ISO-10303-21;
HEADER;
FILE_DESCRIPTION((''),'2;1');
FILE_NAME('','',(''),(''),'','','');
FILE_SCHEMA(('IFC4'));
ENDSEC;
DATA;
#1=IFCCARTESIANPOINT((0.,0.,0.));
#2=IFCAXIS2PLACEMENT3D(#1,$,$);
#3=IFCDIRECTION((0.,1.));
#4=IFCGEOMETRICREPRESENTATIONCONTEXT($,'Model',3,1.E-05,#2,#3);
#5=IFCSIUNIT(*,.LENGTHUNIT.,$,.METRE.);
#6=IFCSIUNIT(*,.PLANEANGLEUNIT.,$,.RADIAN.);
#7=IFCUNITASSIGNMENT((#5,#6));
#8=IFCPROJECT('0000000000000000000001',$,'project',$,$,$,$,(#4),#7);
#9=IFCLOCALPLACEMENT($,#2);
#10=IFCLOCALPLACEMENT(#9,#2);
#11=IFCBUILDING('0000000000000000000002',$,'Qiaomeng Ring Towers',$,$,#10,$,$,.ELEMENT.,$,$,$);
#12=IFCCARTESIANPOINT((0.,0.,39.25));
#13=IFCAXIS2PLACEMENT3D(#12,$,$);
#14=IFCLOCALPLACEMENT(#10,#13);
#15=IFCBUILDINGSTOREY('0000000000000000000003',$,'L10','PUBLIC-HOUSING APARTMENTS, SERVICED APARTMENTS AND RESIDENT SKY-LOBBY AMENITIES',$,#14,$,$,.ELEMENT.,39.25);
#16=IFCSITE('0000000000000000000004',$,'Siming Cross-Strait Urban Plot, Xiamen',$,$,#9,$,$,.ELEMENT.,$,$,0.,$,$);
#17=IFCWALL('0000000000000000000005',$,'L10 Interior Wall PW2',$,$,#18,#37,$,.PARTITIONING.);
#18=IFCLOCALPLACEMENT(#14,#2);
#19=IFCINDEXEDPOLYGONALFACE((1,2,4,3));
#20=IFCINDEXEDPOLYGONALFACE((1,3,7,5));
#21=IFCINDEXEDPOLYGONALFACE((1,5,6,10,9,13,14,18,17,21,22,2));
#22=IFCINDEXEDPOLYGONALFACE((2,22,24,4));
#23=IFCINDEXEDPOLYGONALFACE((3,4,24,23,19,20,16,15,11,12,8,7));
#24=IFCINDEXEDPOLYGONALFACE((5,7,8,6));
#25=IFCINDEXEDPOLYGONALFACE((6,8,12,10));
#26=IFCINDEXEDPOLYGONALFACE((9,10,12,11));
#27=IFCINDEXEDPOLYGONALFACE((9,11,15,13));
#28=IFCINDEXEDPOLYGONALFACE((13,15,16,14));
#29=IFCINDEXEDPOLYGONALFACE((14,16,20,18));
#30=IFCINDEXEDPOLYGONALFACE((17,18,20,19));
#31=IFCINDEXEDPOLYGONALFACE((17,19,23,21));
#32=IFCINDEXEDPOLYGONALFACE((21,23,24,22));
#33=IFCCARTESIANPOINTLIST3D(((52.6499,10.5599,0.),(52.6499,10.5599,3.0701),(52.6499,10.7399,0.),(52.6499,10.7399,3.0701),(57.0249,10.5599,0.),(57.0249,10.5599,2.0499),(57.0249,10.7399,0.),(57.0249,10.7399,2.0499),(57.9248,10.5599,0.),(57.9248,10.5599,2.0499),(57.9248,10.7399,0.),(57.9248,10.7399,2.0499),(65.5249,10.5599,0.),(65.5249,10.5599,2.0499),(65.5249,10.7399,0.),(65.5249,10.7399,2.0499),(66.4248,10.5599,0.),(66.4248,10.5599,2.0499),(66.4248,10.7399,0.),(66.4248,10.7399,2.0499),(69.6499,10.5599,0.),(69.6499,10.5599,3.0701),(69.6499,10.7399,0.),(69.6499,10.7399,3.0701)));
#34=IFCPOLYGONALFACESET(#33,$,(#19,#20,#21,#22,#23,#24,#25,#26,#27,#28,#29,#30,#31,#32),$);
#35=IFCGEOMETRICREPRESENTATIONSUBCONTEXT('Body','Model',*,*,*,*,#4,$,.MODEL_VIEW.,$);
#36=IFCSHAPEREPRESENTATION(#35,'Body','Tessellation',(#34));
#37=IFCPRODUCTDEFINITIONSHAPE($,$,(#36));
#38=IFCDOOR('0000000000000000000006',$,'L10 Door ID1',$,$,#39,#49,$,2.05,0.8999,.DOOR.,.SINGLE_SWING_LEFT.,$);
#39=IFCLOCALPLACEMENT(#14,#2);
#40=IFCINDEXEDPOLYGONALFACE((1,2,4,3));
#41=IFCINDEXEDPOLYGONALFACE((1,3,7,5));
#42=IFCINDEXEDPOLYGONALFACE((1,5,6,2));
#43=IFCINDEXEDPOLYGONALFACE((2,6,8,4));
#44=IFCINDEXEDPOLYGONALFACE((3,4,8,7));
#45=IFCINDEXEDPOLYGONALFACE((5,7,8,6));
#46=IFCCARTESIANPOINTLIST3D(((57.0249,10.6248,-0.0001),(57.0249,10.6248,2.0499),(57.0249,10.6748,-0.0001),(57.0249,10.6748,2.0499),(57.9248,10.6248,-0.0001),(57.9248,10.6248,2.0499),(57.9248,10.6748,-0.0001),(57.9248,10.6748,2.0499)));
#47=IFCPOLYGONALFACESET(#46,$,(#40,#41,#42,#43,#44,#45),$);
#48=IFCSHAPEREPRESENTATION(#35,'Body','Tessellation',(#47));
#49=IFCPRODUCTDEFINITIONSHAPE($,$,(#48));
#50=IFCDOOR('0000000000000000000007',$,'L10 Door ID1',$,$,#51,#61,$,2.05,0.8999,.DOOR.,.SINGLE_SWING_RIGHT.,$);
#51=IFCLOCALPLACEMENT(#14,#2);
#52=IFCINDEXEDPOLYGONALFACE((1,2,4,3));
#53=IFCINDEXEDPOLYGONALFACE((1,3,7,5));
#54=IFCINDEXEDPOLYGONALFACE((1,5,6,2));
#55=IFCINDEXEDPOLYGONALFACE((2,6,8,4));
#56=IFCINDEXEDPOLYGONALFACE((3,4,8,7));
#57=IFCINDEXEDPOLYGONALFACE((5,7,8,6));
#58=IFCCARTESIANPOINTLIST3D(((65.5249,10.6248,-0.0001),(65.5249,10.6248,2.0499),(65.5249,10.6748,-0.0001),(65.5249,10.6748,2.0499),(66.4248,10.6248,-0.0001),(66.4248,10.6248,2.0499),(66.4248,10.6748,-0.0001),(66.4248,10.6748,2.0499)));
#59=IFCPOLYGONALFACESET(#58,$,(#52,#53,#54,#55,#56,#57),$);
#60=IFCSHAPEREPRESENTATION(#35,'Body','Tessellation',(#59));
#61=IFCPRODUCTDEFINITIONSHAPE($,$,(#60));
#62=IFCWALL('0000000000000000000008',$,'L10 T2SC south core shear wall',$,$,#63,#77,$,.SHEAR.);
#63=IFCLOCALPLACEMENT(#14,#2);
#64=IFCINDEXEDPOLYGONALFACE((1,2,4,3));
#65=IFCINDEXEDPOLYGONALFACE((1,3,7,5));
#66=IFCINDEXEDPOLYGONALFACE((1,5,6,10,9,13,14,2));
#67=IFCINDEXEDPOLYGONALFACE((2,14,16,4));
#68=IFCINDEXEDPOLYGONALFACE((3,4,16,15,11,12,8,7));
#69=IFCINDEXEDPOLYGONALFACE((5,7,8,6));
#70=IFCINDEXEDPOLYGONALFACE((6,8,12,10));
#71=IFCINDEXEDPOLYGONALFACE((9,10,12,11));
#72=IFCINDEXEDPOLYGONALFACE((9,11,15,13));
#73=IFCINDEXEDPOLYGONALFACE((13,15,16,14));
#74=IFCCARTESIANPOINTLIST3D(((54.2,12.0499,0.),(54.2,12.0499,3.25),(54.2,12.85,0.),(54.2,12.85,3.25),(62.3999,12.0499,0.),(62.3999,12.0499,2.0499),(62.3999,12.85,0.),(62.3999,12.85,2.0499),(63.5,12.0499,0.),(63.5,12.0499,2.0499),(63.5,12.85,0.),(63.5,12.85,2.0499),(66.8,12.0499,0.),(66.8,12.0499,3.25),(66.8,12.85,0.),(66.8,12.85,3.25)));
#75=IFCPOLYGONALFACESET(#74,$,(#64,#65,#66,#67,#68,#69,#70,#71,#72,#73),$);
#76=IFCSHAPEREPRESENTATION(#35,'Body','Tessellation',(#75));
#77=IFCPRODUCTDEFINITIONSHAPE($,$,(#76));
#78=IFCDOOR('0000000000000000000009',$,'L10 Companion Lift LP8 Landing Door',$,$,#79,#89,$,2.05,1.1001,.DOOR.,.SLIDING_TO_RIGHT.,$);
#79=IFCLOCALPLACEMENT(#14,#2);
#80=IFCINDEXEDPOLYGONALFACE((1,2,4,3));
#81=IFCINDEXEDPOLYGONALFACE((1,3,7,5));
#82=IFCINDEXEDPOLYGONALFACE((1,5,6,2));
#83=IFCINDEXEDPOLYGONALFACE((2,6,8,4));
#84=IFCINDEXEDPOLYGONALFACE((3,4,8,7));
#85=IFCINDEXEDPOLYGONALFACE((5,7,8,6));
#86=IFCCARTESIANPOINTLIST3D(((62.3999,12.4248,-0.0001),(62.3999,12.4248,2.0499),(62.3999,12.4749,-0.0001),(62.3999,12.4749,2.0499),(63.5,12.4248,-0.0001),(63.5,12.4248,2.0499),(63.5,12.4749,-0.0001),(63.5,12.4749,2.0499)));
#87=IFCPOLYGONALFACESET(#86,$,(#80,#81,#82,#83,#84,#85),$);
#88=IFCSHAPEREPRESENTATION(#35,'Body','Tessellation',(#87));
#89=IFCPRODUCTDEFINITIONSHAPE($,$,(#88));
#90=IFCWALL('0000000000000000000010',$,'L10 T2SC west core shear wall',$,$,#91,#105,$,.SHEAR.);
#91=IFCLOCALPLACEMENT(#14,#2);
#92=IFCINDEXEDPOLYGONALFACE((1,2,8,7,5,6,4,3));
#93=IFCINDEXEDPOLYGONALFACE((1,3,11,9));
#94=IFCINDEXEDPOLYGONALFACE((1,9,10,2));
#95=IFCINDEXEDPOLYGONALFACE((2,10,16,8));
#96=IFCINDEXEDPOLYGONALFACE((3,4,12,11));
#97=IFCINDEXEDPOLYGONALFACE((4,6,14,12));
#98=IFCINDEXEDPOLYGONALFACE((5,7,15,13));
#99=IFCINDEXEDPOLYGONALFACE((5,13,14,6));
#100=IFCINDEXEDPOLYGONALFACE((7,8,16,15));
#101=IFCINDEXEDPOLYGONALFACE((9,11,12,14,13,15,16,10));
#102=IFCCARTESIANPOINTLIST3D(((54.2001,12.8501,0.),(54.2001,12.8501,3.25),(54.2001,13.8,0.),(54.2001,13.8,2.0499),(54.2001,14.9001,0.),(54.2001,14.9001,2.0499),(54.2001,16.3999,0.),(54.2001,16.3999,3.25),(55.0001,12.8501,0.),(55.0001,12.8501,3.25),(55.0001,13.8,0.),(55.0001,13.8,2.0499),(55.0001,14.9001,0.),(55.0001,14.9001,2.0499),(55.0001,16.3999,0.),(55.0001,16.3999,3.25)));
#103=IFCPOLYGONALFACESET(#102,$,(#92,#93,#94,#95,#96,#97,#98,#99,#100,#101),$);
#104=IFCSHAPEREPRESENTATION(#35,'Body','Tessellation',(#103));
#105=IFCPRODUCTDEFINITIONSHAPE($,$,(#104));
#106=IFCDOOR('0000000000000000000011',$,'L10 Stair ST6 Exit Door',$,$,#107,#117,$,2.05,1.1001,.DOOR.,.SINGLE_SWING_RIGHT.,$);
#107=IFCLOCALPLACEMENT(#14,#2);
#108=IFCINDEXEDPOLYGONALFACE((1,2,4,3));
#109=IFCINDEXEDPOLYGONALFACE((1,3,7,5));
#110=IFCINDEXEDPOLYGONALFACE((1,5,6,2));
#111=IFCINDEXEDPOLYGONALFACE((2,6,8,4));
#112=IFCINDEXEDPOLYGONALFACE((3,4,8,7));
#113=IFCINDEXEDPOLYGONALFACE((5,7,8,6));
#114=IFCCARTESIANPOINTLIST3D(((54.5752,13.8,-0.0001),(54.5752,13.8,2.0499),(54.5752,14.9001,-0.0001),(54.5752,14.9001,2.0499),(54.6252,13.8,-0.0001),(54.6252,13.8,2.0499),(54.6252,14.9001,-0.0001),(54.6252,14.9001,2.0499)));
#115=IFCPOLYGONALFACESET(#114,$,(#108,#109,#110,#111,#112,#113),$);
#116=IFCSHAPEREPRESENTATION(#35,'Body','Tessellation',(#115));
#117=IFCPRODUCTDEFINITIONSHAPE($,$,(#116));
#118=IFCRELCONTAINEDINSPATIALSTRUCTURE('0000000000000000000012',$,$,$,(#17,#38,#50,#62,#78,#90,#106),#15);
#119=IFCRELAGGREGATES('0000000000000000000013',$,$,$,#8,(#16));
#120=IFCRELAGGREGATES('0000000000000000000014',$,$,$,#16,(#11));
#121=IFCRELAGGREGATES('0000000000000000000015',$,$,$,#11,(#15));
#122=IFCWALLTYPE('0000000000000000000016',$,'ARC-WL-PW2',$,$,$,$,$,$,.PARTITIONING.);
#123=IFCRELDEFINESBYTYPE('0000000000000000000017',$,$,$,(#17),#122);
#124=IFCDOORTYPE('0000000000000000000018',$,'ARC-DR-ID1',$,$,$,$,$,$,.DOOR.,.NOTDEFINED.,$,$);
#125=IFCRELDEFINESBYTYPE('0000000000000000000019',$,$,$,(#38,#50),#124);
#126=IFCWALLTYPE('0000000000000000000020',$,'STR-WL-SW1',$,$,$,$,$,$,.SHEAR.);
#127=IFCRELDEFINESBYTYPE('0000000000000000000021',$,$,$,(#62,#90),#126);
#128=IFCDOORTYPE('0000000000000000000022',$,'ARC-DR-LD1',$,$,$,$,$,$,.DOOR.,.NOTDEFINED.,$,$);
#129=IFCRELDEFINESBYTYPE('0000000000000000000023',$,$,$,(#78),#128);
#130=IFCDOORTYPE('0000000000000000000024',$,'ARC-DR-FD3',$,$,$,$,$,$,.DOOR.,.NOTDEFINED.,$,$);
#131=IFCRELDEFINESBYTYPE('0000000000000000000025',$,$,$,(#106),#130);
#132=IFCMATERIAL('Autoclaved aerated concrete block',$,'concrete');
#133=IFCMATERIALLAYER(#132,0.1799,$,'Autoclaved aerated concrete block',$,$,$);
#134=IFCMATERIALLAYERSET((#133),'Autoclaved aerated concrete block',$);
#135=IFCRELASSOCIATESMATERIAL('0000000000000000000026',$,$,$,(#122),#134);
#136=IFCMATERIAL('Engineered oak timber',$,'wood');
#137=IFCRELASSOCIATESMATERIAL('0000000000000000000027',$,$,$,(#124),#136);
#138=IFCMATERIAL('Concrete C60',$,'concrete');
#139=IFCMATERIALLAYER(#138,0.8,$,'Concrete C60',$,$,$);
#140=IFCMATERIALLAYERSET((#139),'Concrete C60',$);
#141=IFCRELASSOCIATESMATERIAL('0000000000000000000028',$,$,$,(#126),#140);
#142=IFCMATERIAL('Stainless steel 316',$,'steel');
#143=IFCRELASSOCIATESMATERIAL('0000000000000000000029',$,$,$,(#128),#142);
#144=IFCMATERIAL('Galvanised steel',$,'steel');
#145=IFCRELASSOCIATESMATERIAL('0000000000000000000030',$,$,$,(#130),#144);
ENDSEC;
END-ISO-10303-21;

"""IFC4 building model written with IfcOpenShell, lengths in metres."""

from ifc_helpers import new_model, si_unit, direction, frame, frame_2d, origin, place, context, subcontext, project, spatial, rectangle, extrude, source, transform, mapped, material, layer, layer_set, type_object, element, fill, save


model = new_model("IFC4")

# Units and contexts
model_context = context("Model", 3, precision=1e-05, world=origin(), true_north=direction((0.0, 1.0)))
body_context = subcontext(model_context, "Body", "Model", "MODEL_VIEW")
ifc_project = project(units=[si_unit("LENGTHUNIT", "METRE"), si_unit("PLANEANGLEUNIT", "RADIAN")], contexts=[model_context])

# Site, building, storey
site_placement = place(None, origin())
site = spatial("IfcSite", under=ifc_project, at=site_placement, Name="Siming Cross-Strait Urban Plot, Xiamen", CompositionType="ELEMENT", RefElevation=0.0)
building_placement = place(site_placement, origin())
building = spatial("IfcBuilding", under=site, at=building_placement, Name="Qiaomeng Ring Towers", CompositionType="ELEMENT")
storey_placement = place(building_placement, frame((0.0, 0.0, 39.25)))
storey = spatial("IfcBuildingStorey", under=building, at=storey_placement, Name="L10", Description="PUBLIC-HOUSING APARTMENTS, SERVICED APARTMENTS AND RESIDENT SKY-LOBBY AMENITIES", CompositionType="ELEMENT", Elevation=39.25)

# Shared definitions
ifc_material_1 = material(Name="Concrete C60", Category="concrete")

# Wall, openings, doors
ifc_material_2 = material(Name="Autoclaved aerated concrete block", Category="concrete")
ifc_layer_1 = layer(ifc_material_2, 0.1799, Name="Autoclaved aerated concrete block")
ifc_layer_set_1 = layer_set([ifc_layer_1], Name="Autoclaved aerated concrete block")
wall_type_1 = type_object("IfcWallType", Name="ARC-WL-PW2", PredefinedType="PARTITIONING", material=ifc_layer_set_1)
ifc_material_3 = material(Name="Engineered oak timber", Category="wood")
door_type_1 = type_object("IfcDoorType", Name="ARC-DR-ID1", OperationType="NOTDEFINED", PredefinedType="DOOR", material=ifc_material_3)
shared_shape_1 = source(origin(), body_context, "Body", "SweptSolid", [
    extrude(rectangle(XDim=0.8999, YDim=2.05, at=frame_2d((0.45, 1.0249))), frame((0.0, 0.0249, 0.0), z_axis=(0.0, -1.0, 0.0), x_axis=(1.0, 0.0, 0.0)), (0.0, 0.0, 1.0), 0.05),
])
wall_1_placement = place(storey_placement, frame((52.6499, 10.6499, 0.0), z_axis=(0.0, 0.0, 1.0), x_axis=(1.0, 0.0, 0.0)))
wall_1 = element("IfcWall", 1, at=wall_1_placement, inside=storey, type_object=wall_type_1, Name="L10 Interior Wall PW2", PredefinedType="PARTITIONING", context=body_context, shape_type="SweptSolid", body=[
    extrude(rectangle(XDim=17.0, YDim=0.1799, at=frame_2d((8.5, 0.0))), origin(), (0.0, 0.0, 1.0), 3.0701),
])
opening_1_placement = place(wall_1_placement, frame((4.375, 0.0, 0.0)))
opening_1 = element("IfcOpeningElement", 2, at=opening_1_placement, cuts=wall_1, PredefinedType="OPENING", context=body_context, shape_type="SweptSolid", body=[
    extrude(rectangle(XDim=0.8999, YDim=2.05, at=frame_2d((0.45, 1.0249))), frame((0.0, 0.0999, 0.0), z_axis=(0.0, -1.0, 0.0), x_axis=(1.0, 0.0, 0.0)), (0.0, 0.0, 1.0), 0.2),
])
opening_2_placement = place(wall_1_placement, frame((12.875, 0.0, 0.0)))
opening_2 = element("IfcOpeningElement", 3, at=opening_2_placement, cuts=wall_1, PredefinedType="OPENING", context=body_context, shape_type="SweptSolid", body=[
    extrude(rectangle(XDim=0.8999, YDim=2.05, at=frame_2d((0.45, 1.0249))), frame((0.0, 0.0999, 0.0), z_axis=(0.0, -1.0, 0.0), x_axis=(1.0, 0.0, 0.0)), (0.0, 0.0, 1.0), 0.2),
])
door_1_placement = place(opening_1_placement, origin())
door_1 = element("IfcDoor", 4, at=door_1_placement, inside=storey, type_object=door_type_1, Name="L10 Door ID1", OperationType="SINGLE_SWING_LEFT", OverallHeight=2.05, OverallWidth=0.8999, PredefinedType="DOOR", context=body_context, shape_type="MappedRepresentation", body=[
    mapped(shared_shape_1, transform((0.0, 0.0, 0.0), x_axis=(1.0, 0.0, 0.0), y_axis=(0.0, 1.0, 0.0), z_axis=(0.0, 0.0, 1.0), scale=1.0)),
])
fill(opening_1, door_1)
door_2_placement = place(opening_2_placement, origin())
door_2 = element("IfcDoor", 5, at=door_2_placement, inside=storey, type_object=door_type_1, Name="L10 Door ID1", OperationType="SINGLE_SWING_RIGHT", OverallHeight=2.05, OverallWidth=0.8999, PredefinedType="DOOR", context=body_context, shape_type="MappedRepresentation", body=[
    mapped(shared_shape_1, transform((0.0, 0.0, 0.0), x_axis=(1.0, 0.0, 0.0), y_axis=(0.0, 1.0, 0.0), z_axis=(0.0, 0.0, 1.0), scale=1.0)),
])
fill(opening_2, door_2)

# Walls, openings, doors
ifc_layer_2 = layer(ifc_material_1, 0.8, Name="Concrete C60")
ifc_layer_set_2 = layer_set([ifc_layer_2], Name="Concrete C60")
wall_type_2 = type_object("IfcWallType", Name="STR-WL-SW1", PredefinedType="SHEAR", material=ifc_layer_set_2)
wall_2_placement = place(storey_placement, frame((54.2, 12.45, 0.0), z_axis=(0.0, 0.0, 1.0), x_axis=(1.0, 0.0, 0.0)))
wall_2 = element("IfcWall", 6, at=wall_2_placement, inside=storey, type_object=wall_type_2, Name="L10 T2SC south core shear wall", PredefinedType="SHEAR", context=body_context, shape_type="SweptSolid", body=[
    extrude(rectangle(XDim=12.6001, YDim=0.8, at=frame_2d((6.3, 0.0))), origin(), (0.0, 0.0, 1.0), 3.25),
])
opening_3_placement = place(wall_2_placement, frame((8.2, 0.0, 0.0)))
opening_3 = element("IfcOpeningElement", 7, at=opening_3_placement, cuts=wall_2, PredefinedType="OPENING", context=body_context, shape_type="SweptSolid", body=[
    extrude(rectangle(XDim=1.1001, YDim=2.05, at=frame_2d((0.55, 1.0249))), frame((0.0, 0.4099, 0.0), z_axis=(0.0, -1.0, 0.0), x_axis=(1.0, 0.0, 0.0)), (0.0, 0.0, 1.0), 0.8201),
])
ifc_material_4 = material(Name="Stainless steel 316", Category="steel")
door_type_2 = type_object("IfcDoorType", Name="ARC-DR-LD1", OperationType="NOTDEFINED", PredefinedType="DOOR", material=ifc_material_4)
shared_shape_2 = source(origin(), body_context, "Body", "SweptSolid", [
    extrude(rectangle(XDim=1.1001, YDim=2.05, at=frame_2d((0.55, 1.0249))), frame((0.0, 0.0249, 0.0), z_axis=(0.0, -1.0, 0.0), x_axis=(1.0, 0.0, 0.0)), (0.0, 0.0, 1.0), 0.05),
])
door_3_placement = place(opening_3_placement, origin())
door_3 = element("IfcDoor", 8, at=door_3_placement, inside=storey, type_object=door_type_2, Name="L10 Companion Lift LP8 Landing Door", OperationType="SLIDING_TO_RIGHT", OverallHeight=2.05, OverallWidth=1.1001, PredefinedType="DOOR", context=body_context, shape_type="MappedRepresentation", body=[
    mapped(shared_shape_2, transform((0.0, 0.0, 0.0), x_axis=(1.0, 0.0, 0.0), y_axis=(0.0, 1.0, 0.0), z_axis=(0.0, 0.0, 1.0), scale=1.0)),
])
fill(opening_3, door_3)
wall_3_placement = place(storey_placement, frame((54.6001, 12.8501, 0.0), z_axis=(0.0, 0.0, 1.0), x_axis=(0.0, 1.0, 0.0)))
wall_3 = element("IfcWall", 9, at=wall_3_placement, inside=storey, type_object=wall_type_2, Name="L10 T2SC west core shear wall", PredefinedType="SHEAR", context=body_context, shape_type="SweptSolid", body=[
    extrude(rectangle(XDim=3.5498, YDim=0.8, at=frame_2d((1.7749, 0.0))), origin(), (0.0, 0.0, 1.0), 3.25),
])
opening_4_placement = place(wall_3_placement, frame((0.95, 0.0, 0.0)))
opening_4 = element("IfcOpeningElement", 10, at=opening_4_placement, cuts=wall_3, PredefinedType="OPENING", context=body_context, shape_type="SweptSolid", body=[
    extrude(rectangle(XDim=1.1001, YDim=2.05, at=frame_2d((0.55, 1.0249))), frame((0.0, 0.4099, 0.0), z_axis=(0.0, -1.0, 0.0), x_axis=(1.0, 0.0, 0.0)), (0.0, 0.0, 1.0), 0.8201),
])
ifc_material_5 = material(Name="Galvanised steel", Category="steel")
door_type_3 = type_object("IfcDoorType", Name="ARC-DR-FD3", OperationType="NOTDEFINED", PredefinedType="DOOR", material=ifc_material_5)
door_4_placement = place(opening_4_placement, origin())
door_4 = element("IfcDoor", 11, at=door_4_placement, inside=storey, type_object=door_type_3, Name="L10 Stair ST6 Exit Door", OperationType="SINGLE_SWING_RIGHT", OverallHeight=2.05, OverallWidth=1.1001, PredefinedType="DOOR", context=body_context, shape_type="MappedRepresentation", body=[
    mapped(shared_shape_2, transform((0.0, 0.0, 0.0), x_axis=(1.0, 0.0, 0.0), y_axis=(0.0, 1.0, 0.0), z_axis=(0.0, 0.0, 1.0), scale=1.0)),
])
fill(opening_4, door_4)

save(model, "model.ifc")
